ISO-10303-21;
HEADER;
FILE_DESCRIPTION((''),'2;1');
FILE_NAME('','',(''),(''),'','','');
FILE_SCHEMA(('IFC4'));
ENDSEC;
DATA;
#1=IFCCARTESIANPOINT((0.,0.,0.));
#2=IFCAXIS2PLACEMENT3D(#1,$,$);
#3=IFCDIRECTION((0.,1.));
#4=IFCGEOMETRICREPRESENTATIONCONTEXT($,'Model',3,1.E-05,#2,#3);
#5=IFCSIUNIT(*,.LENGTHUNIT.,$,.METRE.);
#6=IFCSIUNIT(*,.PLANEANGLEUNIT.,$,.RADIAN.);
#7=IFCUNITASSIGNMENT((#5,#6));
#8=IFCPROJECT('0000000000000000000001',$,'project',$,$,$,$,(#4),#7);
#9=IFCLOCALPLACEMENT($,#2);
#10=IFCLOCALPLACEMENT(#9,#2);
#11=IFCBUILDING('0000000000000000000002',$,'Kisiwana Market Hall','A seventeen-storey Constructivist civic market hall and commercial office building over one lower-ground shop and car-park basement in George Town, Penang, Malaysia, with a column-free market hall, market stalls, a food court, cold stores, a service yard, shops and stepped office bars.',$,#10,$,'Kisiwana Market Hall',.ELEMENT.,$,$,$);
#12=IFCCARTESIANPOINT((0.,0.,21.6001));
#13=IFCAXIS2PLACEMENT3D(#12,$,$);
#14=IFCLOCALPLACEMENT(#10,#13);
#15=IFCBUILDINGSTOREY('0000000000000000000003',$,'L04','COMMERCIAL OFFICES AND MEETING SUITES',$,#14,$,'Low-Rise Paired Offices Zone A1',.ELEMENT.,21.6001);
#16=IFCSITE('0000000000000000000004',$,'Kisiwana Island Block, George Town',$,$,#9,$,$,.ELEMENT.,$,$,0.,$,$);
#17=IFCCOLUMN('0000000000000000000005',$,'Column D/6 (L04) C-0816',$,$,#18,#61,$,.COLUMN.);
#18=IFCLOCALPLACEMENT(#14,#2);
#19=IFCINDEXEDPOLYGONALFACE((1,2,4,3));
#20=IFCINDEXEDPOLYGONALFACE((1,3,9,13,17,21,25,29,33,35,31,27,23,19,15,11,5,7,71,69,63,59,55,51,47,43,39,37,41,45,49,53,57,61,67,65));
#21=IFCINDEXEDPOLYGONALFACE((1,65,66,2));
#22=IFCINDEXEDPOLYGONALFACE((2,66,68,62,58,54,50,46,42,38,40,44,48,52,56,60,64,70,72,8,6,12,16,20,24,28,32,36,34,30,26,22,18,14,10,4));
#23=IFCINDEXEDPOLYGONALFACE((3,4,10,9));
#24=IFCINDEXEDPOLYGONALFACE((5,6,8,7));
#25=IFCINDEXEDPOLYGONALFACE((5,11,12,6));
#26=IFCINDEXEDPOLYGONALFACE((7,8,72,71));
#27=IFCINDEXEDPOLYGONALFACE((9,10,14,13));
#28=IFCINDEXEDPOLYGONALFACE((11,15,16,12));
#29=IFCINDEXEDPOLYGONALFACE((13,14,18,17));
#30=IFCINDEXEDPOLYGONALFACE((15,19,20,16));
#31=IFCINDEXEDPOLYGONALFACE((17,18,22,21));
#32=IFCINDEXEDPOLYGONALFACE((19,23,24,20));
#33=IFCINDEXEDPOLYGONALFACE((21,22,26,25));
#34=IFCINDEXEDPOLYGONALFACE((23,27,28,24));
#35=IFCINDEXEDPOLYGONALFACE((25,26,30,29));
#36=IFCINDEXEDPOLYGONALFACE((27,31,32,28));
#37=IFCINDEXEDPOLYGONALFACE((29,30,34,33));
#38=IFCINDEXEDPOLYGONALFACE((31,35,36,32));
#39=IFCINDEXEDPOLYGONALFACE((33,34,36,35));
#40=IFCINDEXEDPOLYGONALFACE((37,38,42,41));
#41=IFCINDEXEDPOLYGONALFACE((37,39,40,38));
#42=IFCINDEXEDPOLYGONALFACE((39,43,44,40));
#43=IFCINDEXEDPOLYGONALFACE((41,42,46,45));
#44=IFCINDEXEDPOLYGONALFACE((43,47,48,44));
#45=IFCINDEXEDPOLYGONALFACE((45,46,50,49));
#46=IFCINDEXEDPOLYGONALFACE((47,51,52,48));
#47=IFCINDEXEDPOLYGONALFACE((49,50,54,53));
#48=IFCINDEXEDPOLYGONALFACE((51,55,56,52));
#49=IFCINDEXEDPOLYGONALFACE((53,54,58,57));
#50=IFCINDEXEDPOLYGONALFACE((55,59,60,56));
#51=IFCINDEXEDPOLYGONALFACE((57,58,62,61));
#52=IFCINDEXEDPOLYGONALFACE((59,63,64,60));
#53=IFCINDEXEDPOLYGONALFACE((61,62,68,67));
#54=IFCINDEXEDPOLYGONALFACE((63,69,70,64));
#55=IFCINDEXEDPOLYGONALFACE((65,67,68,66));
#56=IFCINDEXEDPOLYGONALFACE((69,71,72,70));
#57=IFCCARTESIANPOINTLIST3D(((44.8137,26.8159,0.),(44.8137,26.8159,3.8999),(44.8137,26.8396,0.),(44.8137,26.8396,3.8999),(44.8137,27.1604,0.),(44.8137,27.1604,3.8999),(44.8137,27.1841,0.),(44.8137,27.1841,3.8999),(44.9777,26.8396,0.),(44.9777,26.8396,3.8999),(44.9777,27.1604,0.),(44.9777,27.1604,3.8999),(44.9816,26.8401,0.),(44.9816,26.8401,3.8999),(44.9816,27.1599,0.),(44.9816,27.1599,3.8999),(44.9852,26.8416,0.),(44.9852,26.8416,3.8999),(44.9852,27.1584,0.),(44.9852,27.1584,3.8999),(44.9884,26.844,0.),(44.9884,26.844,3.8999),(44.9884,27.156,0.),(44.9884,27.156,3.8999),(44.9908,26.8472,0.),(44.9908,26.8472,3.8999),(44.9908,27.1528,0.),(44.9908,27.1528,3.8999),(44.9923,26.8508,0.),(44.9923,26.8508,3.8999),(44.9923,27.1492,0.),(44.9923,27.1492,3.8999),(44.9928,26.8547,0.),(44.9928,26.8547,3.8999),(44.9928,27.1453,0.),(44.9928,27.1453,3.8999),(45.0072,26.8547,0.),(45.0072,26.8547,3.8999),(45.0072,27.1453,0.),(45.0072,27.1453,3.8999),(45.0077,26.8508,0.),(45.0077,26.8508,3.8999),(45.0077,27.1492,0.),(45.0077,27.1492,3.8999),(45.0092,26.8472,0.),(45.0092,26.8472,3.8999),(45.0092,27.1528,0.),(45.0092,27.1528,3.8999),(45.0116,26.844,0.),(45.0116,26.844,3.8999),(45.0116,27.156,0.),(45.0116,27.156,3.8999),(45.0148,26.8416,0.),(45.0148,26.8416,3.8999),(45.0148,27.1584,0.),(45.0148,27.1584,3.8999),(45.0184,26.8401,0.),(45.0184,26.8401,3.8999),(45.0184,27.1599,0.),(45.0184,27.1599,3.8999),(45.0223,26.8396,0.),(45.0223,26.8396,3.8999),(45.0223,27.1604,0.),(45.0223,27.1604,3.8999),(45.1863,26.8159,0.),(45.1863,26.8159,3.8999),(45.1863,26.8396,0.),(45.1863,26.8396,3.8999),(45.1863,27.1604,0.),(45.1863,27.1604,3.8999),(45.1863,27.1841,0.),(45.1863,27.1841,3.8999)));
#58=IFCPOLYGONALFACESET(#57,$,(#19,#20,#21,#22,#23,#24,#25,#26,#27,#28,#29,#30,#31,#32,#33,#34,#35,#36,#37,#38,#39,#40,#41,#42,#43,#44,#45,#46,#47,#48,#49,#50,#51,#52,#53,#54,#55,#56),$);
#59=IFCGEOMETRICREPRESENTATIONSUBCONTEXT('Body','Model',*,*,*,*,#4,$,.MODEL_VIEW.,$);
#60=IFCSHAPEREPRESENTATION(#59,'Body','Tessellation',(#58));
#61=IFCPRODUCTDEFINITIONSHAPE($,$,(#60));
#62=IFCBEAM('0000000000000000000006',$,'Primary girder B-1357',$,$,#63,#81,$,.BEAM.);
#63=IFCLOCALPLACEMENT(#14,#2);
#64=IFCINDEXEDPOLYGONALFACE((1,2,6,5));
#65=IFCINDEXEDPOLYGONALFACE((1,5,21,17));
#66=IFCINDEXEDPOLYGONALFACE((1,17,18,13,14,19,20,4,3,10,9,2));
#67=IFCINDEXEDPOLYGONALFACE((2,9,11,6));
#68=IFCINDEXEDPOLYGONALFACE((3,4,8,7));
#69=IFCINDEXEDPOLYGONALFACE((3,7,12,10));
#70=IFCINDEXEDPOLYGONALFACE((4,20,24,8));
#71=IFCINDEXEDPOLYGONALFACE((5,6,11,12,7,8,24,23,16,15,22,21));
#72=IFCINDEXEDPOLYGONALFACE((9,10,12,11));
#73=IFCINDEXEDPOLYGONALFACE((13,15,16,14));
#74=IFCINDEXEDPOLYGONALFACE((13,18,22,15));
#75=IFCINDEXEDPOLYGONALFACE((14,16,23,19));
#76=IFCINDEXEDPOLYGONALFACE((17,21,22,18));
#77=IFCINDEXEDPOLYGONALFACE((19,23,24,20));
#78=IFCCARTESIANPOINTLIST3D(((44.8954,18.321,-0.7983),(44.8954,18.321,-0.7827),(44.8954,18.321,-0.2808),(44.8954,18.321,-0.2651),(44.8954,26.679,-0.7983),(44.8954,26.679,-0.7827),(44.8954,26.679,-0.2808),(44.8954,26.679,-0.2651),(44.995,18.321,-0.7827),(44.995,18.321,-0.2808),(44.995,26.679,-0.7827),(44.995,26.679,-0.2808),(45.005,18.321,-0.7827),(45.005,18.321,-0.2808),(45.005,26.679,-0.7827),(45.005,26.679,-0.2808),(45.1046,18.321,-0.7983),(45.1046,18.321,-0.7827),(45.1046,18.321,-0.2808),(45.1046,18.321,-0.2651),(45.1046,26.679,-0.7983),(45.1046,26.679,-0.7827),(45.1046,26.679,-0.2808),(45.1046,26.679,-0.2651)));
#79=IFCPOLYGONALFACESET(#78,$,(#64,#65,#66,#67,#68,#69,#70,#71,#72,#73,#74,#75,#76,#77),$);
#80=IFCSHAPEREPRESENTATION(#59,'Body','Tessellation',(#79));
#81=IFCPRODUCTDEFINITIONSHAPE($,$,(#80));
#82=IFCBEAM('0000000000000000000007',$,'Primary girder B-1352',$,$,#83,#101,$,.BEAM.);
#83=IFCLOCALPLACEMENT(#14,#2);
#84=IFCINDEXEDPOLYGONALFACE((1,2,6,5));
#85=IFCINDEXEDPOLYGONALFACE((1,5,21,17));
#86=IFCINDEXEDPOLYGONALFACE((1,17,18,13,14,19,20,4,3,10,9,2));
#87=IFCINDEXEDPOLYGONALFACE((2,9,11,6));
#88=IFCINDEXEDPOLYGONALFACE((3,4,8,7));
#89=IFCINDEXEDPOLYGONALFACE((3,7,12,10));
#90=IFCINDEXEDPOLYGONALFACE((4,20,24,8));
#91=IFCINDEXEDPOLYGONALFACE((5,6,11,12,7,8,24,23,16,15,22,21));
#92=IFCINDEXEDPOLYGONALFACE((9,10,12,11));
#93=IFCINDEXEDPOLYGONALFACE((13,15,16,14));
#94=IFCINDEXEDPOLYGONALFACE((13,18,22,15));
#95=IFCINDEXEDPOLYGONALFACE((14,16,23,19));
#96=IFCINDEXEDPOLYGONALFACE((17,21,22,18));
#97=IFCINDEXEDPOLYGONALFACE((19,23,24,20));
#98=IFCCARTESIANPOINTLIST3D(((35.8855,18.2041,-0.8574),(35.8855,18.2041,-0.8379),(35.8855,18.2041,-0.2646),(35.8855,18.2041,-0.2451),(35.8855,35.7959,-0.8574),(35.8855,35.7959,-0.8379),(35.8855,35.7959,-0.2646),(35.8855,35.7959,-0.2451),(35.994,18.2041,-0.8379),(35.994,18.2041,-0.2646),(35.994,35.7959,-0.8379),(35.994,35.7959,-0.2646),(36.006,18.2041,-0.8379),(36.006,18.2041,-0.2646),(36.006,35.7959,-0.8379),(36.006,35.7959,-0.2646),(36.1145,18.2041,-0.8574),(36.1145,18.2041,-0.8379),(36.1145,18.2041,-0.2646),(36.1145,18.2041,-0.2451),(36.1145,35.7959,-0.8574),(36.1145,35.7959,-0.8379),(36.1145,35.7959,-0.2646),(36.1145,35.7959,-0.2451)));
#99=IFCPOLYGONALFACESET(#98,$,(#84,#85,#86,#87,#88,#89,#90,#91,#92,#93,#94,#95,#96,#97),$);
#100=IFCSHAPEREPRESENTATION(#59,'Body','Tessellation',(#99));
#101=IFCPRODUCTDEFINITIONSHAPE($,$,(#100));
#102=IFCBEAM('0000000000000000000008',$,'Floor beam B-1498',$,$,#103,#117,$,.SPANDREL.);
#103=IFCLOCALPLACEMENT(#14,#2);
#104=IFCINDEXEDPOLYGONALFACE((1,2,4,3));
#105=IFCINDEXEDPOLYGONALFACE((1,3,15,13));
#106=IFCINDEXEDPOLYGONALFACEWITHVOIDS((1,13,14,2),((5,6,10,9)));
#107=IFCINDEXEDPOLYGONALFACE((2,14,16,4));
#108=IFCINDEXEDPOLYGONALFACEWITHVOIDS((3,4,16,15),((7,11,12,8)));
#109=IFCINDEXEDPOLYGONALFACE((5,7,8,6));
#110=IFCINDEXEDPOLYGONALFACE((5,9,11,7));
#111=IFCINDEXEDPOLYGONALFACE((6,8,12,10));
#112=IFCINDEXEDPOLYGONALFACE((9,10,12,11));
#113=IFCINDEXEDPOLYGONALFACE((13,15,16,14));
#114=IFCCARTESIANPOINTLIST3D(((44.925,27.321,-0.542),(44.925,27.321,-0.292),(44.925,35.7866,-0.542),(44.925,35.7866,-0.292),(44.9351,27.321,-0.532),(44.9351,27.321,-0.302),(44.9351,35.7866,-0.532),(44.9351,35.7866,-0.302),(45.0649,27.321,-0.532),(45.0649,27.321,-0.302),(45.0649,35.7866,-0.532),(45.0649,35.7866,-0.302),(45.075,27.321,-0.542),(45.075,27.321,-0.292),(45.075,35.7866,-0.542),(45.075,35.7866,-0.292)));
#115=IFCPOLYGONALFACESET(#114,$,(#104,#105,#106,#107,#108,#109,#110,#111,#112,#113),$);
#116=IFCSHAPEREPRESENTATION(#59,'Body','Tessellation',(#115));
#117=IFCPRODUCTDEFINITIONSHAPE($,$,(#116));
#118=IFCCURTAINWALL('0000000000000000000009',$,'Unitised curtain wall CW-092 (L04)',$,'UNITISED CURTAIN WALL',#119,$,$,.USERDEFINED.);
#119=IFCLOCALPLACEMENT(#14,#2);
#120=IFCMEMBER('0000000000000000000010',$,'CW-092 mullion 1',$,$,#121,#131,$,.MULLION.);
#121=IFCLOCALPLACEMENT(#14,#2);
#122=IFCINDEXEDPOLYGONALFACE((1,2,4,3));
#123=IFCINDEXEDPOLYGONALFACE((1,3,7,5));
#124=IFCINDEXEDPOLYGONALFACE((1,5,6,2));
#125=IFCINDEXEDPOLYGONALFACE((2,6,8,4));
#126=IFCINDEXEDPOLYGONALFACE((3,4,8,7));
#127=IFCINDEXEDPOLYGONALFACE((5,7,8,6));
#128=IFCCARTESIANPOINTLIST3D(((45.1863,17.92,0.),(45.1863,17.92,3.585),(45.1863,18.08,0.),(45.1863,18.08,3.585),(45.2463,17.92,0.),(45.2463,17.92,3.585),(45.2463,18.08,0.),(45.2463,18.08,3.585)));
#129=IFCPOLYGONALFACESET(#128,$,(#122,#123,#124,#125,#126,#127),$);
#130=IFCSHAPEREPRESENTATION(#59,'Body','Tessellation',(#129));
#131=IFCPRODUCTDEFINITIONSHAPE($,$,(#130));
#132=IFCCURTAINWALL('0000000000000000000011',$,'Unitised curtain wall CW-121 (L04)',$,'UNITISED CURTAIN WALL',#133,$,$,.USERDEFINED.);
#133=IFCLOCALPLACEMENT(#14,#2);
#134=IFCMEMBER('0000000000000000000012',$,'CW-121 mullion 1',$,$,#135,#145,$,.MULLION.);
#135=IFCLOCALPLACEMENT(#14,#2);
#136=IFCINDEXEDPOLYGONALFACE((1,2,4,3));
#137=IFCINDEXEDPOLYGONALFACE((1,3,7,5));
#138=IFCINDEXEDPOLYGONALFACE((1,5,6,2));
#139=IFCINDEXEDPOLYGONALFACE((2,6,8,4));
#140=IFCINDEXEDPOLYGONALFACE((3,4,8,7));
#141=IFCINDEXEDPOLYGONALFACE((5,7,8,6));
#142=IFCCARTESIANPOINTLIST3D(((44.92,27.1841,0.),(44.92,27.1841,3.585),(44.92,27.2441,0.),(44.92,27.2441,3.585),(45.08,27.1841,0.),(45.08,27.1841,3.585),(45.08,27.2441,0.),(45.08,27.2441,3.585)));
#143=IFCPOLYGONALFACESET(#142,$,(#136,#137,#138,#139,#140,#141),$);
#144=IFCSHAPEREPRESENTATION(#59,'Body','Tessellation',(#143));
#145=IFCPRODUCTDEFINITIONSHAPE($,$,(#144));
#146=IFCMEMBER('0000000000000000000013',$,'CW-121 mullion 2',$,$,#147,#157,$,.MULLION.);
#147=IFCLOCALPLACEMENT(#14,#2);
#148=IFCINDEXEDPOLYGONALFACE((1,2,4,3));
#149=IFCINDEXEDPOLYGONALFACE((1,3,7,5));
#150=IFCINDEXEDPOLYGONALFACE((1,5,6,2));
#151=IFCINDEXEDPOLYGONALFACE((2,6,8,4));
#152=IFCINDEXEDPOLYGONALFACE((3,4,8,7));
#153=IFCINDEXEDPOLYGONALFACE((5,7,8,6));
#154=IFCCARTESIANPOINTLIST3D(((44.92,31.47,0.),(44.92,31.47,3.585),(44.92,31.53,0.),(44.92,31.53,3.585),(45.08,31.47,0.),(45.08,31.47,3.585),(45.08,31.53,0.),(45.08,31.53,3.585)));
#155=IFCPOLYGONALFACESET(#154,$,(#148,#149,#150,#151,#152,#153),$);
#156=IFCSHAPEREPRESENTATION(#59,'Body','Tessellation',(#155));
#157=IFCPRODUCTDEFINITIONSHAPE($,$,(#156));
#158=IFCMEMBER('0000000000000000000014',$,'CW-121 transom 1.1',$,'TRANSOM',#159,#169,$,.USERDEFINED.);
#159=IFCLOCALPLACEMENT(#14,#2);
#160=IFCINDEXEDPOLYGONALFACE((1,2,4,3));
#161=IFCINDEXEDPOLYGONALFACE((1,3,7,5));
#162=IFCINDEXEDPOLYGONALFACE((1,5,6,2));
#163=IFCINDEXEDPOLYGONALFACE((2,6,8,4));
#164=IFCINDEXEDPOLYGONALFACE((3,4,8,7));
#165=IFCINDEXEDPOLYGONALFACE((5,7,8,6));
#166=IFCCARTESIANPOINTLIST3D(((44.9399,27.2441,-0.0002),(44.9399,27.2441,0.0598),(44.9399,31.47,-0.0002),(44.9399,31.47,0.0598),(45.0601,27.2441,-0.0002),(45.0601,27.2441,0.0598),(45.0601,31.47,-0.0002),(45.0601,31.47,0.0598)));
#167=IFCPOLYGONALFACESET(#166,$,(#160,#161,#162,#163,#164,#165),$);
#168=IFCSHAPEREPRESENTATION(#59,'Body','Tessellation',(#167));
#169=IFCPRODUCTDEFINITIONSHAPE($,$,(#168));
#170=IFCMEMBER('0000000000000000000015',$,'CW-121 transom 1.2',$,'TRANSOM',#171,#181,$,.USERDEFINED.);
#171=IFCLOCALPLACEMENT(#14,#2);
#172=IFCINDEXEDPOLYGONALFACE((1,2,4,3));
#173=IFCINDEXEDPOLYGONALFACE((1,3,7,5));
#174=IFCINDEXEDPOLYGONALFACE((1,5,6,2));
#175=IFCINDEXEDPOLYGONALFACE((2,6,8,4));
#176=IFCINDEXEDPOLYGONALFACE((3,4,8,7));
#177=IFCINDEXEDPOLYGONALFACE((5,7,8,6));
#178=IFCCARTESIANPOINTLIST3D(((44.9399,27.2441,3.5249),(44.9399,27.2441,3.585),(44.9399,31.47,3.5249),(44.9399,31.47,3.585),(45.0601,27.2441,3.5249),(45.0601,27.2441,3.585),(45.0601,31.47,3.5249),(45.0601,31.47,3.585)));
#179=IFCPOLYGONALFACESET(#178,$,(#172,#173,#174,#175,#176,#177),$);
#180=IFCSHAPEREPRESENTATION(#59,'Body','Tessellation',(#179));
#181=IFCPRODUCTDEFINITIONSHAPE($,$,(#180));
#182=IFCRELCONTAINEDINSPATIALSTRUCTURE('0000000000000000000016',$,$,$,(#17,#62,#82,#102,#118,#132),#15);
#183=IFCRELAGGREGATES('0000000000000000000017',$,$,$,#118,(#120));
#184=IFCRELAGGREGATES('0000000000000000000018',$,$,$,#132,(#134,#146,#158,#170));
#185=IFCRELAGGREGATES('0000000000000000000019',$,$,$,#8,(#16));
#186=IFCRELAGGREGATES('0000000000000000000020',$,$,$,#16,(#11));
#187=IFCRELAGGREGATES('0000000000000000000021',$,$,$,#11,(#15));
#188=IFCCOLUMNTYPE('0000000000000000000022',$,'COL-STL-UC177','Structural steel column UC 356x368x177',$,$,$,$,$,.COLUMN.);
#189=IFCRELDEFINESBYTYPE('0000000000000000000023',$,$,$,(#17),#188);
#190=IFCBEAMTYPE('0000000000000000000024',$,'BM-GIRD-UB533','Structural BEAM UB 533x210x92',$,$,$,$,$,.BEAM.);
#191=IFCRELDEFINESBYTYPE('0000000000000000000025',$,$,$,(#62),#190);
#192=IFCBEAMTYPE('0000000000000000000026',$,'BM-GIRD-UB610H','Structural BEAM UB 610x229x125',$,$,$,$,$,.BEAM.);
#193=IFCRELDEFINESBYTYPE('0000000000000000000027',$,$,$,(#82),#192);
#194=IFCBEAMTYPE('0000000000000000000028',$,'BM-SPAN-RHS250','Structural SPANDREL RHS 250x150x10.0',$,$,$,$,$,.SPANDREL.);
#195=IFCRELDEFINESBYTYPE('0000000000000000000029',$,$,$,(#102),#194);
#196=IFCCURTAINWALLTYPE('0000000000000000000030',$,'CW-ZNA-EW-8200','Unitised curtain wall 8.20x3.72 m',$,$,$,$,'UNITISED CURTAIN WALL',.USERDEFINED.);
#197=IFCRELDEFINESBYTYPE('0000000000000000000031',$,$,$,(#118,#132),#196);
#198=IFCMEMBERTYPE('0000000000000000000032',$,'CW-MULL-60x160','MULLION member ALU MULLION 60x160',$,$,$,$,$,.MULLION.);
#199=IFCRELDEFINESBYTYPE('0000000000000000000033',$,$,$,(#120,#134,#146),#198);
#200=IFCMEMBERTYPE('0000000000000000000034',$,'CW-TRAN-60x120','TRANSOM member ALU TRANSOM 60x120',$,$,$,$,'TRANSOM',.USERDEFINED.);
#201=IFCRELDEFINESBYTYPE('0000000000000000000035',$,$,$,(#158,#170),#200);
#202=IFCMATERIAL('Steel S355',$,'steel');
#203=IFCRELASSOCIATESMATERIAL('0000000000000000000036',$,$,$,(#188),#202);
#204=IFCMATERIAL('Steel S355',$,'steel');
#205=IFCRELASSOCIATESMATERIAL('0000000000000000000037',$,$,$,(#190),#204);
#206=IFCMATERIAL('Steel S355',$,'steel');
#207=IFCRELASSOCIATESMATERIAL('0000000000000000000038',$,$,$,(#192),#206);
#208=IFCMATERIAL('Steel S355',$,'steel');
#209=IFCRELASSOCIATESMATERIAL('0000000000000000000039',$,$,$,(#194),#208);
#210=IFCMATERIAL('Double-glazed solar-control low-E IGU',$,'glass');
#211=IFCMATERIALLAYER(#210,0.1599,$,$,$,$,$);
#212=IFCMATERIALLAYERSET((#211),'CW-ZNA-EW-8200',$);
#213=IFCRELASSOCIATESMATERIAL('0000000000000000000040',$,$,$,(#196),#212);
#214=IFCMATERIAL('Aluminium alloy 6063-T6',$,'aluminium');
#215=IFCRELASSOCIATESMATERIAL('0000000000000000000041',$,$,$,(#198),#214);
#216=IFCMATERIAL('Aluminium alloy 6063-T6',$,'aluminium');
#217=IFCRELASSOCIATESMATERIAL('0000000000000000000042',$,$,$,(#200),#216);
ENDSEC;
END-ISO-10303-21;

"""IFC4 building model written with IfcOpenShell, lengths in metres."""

from ifc_helpers import new_model, si_unit, direction, frame, origin, origin_2d, place, context, subcontext, project, spatial, rectangle, hollow_rectangle, i_section, extrude, material, layer, layer_set, material_profile, profile_set, type_object, element, aggregate, save


model = new_model("IFC4")

# Units and contexts
model_context = context("Model", 3, precision=1e-05, world=origin(), true_north=direction((0.0, 1.0)))
body_context = subcontext(model_context, "Body", "Model", "MODEL_VIEW")
ifc_project = project(units=[si_unit("LENGTHUNIT", "METRE"), si_unit("PLANEANGLEUNIT", "RADIAN")], contexts=[model_context])

# Site, building, storey
site_placement = place(None, origin())
site = spatial("IfcSite", under=ifc_project, at=site_placement, Name="Kisiwana Island Block, George Town", CompositionType="ELEMENT", RefElevation=0.0)
building_placement = place(site_placement, origin())
building = spatial("IfcBuilding", under=site, at=building_placement, Name="Kisiwana Market Hall", Description="A seventeen-storey Constructivist civic market hall and commercial office building over one lower-ground shop and car-park basement in George Town, Penang, Malaysia, with a column-free market hall, market stalls, a food court, cold stores, a service yard, shops and stepped office bars.", LongName="Kisiwana Market Hall", CompositionType="ELEMENT")
storey_placement = place(building_placement, frame((0.0, 0.0, 21.6001)))
storey = spatial("IfcBuildingStorey", under=building, at=storey_placement, Name="L04", Description="COMMERCIAL OFFICES AND MEETING SUITES", LongName="Low-Rise Paired Offices Zone A1", CompositionType="ELEMENT", Elevation=21.6001)

# Column
ifc_material_1 = material(Name="Steel S355", Category="steel")
ifc_material_profile_1 = material_profile(ifc_material_1, i_section(OverallWidth=0.3726, OverallDepth=0.3682, WebThickness=0.0144, FlangeThickness=0.0237, FilletRadius=0.0151, at=origin_2d()), Name="UC 356x368x177")
ifc_profile_set_1 = profile_set([ifc_material_profile_1], Name="Steel S355")
column_type = type_object("IfcColumnType", Name="COL-STL-UC177", Description="Structural steel column UC 356x368x177", PredefinedType="COLUMN", material=ifc_profile_set_1)
column_placement = place(storey_placement, frame((45.0, 27.0, 0.0), z_axis=(0.0, 0.0, 1.0), x_axis=(1.0, 0.0, 0.0)))
element("IfcColumn", 1, at=column_placement, inside=storey, type_object=column_type, Name="Column D/6 (L04) C-0816", PredefinedType="COLUMN", context=body_context, shape_type="SweptSolid", body=[
    extrude(i_section(OverallWidth=0.3726, OverallDepth=0.3682, WebThickness=0.0144, FlangeThickness=0.0237, FilletRadius=0.0151, at=origin_2d()), origin(), (0.0, 0.0, 1.0), 3.8999),
])

# Beams
ifc_material_2 = material(Name="Steel S355", Category="steel")
ifc_material_profile_2 = material_profile(ifc_material_2, i_section(OverallWidth=0.2092, OverallDepth=0.5332, WebThickness=0.01, FlangeThickness=0.0156, at=origin_2d()), Name="UB 533x210x92")
ifc_profile_set_2 = profile_set([ifc_material_profile_2], Name="Steel S355")
beam_type_1 = type_object("IfcBeamType", Name="BM-GIRD-UB533", Description="Structural BEAM UB 533x210x92", PredefinedType="BEAM", material=ifc_profile_set_2)
beam_1_placement = place(storey_placement, frame((45.0, 18.321, -0.5317), z_axis=(0.0, 1.0, 0.0), x_axis=(-1.0, 0.0, 0.0)))
element("IfcBeam", 2, at=beam_1_placement, inside=storey, type_object=beam_type_1, Name="Primary girder B-1357", PredefinedType="BEAM", context=body_context, shape_type="SweptSolid", body=[
    extrude(i_section(OverallWidth=0.2092, OverallDepth=0.5332, WebThickness=0.01, FlangeThickness=0.0156, at=origin_2d()), origin(), (0.0, 0.0, 1.0), 8.3579),
])
ifc_material_3 = material(Name="Steel S355", Category="steel")
ifc_material_profile_3 = material_profile(ifc_material_3, i_section(OverallWidth=0.229, OverallDepth=0.6123, WebThickness=0.012, FlangeThickness=0.0195, at=origin_2d()), Name="UB 610x229x125")
ifc_profile_set_3 = profile_set([ifc_material_profile_3], Name="Steel S355")
beam_type_2 = type_object("IfcBeamType", Name="BM-GIRD-UB610H", Description="Structural BEAM UB 610x229x125", PredefinedType="BEAM", material=ifc_profile_set_3)
beam_2_placement = place(storey_placement, frame((36.0, 18.2041, -0.5513), z_axis=(0.0, 1.0, 0.0), x_axis=(-1.0, 0.0, 0.0)))
element("IfcBeam", 3, at=beam_2_placement, inside=storey, type_object=beam_type_2, Name="Primary girder B-1352", PredefinedType="BEAM", context=body_context, shape_type="SweptSolid", body=[
    extrude(i_section(OverallWidth=0.229, OverallDepth=0.6123, WebThickness=0.012, FlangeThickness=0.0195, at=origin_2d()), origin(), (0.0, 0.0, 1.0), 17.5918),
])
ifc_material_4 = material(Name="Steel S355", Category="steel")
ifc_material_profile_4 = material_profile(ifc_material_4, hollow_rectangle(XDim=0.1499, YDim=0.25, WallThickness=0.01, at=origin_2d()), Name="RHS 250x150x10.0")
ifc_profile_set_4 = profile_set([ifc_material_profile_4], Name="Steel S355")
beam_type_3 = type_object("IfcBeamType", Name="BM-SPAN-RHS250", Description="Structural SPANDREL RHS 250x150x10.0", PredefinedType="SPANDREL", material=ifc_profile_set_4)
beam_3_placement = place(storey_placement, frame((45.0, 27.321, -0.417), z_axis=(0.0, 1.0, 0.0), x_axis=(-1.0, 0.0, 0.0)))
element("IfcBeam", 4, at=beam_3_placement, inside=storey, type_object=beam_type_3, Name="Floor beam B-1498", PredefinedType="SPANDREL", context=body_context, shape_type="SweptSolid", body=[
    extrude(hollow_rectangle(XDim=0.1499, YDim=0.25, WallThickness=0.01, at=origin_2d()), origin(), (0.0, 0.0, 1.0), 8.4656),
])

# Curtain wall, member
ifc_material_5 = material(Name="Double-glazed solar-control low-E IGU", Category="glass")
ifc_layer_1 = layer(ifc_material_5, 0.1599)
ifc_layer_set_1 = layer_set([ifc_layer_1], Name="CW-ZNA-EW-8200")
curtain_wall_type = type_object("IfcCurtainWallType", Name="CW-ZNA-EW-8200", Description="Unitised curtain wall 8.20x3.72 m", ElementType="UNITISED CURTAIN WALL", PredefinedType="USERDEFINED", material=ifc_layer_set_1)
curtain_wall_1_placement = place(storey_placement, origin())
curtain_wall_1 = element("IfcCurtainWall", 5, at=curtain_wall_1_placement, inside=storey, type_object=curtain_wall_type, Name="Unitised curtain wall CW-092 (L04)", ObjectType="UNITISED CURTAIN WALL", PredefinedType="USERDEFINED")
ifc_material_6 = material(Name="Aluminium alloy 6063-T6", Category="aluminium")
ifc_material_profile_5 = material_profile(ifc_material_6, rectangle(XDim=0.0601, YDim=0.1599, at=origin_2d()), Name="ALU MULLION 60x160")
ifc_profile_set_5 = profile_set([ifc_material_profile_5], Name="Aluminium alloy 6063-T6")
member_type_1 = type_object("IfcMemberType", Name="CW-MULL-60x160", Description="MULLION member ALU MULLION 60x160", PredefinedType="MULLION", material=ifc_profile_set_5)
member_1_placement = place(storey_placement, frame((45.2163, 18.0, 0.0), z_axis=(0.0, 0.0, 1.0), x_axis=(1.0, 0.0, 0.0)))
member_1 = element("IfcMember", 6, at=member_1_placement, type_object=member_type_1, Name="CW-092 mullion 1", PredefinedType="MULLION", context=body_context, shape_type="SweptSolid", body=[
    extrude(rectangle(XDim=0.0601, YDim=0.1599, at=origin_2d()), origin(), (0.0, 0.0, 1.0), 3.585),
])
aggregate(curtain_wall_1, [member_1])

# Curtain wall, members
curtain_wall_2_placement = place(storey_placement, origin())
curtain_wall_2 = element("IfcCurtainWall", 7, at=curtain_wall_2_placement, inside=storey, type_object=curtain_wall_type, Name="Unitised curtain wall CW-121 (L04)", ObjectType="UNITISED CURTAIN WALL", PredefinedType="USERDEFINED")
member_2_placement = place(storey_placement, frame((45.0, 27.2141, 0.0), z_axis=(0.0, 0.0, 1.0), x_axis=(0.0, 1.0, 0.0)))
member_2 = element("IfcMember", 8, at=member_2_placement, type_object=member_type_1, Name="CW-121 mullion 1", PredefinedType="MULLION", context=body_context, shape_type="SweptSolid", body=[
    extrude(rectangle(XDim=0.0601, YDim=0.1599, at=origin_2d()), origin(), (0.0, 0.0, 1.0), 3.585),
])
member_3_placement = place(storey_placement, frame((45.0, 31.5, 0.0), z_axis=(0.0, 0.0, 1.0), x_axis=(0.0, 1.0, 0.0)))
member_3 = element("IfcMember", 9, at=member_3_placement, type_object=member_type_1, Name="CW-121 mullion 2", PredefinedType="MULLION", context=body_context, shape_type="SweptSolid", body=[
    extrude(rectangle(XDim=0.0601, YDim=0.1599, at=origin_2d()), origin(), (0.0, 0.0, 1.0), 3.585),
])
ifc_material_7 = material(Name="Aluminium alloy 6063-T6", Category="aluminium")
ifc_material_profile_6 = material_profile(ifc_material_7, rectangle(XDim=0.1201, YDim=0.0601, at=origin_2d()), Name="ALU TRANSOM 60x120")
ifc_profile_set_6 = profile_set([ifc_material_profile_6], Name="Aluminium alloy 6063-T6")
member_type_2 = type_object("IfcMemberType", Name="CW-TRAN-60x120", Description="TRANSOM member ALU TRANSOM 60x120", ElementType="TRANSOM", PredefinedType="USERDEFINED", material=ifc_profile_set_6)
member_4_placement = place(storey_placement, frame((45.0, 27.2441, 0.0298), z_axis=(0.0, 1.0, 0.0), x_axis=(-1.0, 0.0, 0.0)))
member_4 = element("IfcMember", 10, at=member_4_placement, type_object=member_type_2, Name="CW-121 transom 1.1", ObjectType="TRANSOM", PredefinedType="USERDEFINED", context=body_context, shape_type="SweptSolid", body=[
    extrude(rectangle(XDim=0.1201, YDim=0.0601, at=origin_2d()), origin(), (0.0, 0.0, 1.0), 4.2258),
])
member_5_placement = place(storey_placement, frame((45.0, 27.2441, 3.5549), z_axis=(0.0, 1.0, 0.0), x_axis=(-1.0, 0.0, 0.0)))
member_5 = element("IfcMember", 11, at=member_5_placement, type_object=member_type_2, Name="CW-121 transom 1.2", ObjectType="TRANSOM", PredefinedType="USERDEFINED", context=body_context, shape_type="SweptSolid", body=[
    extrude(rectangle(XDim=0.1201, YDim=0.0601, at=origin_2d()), origin(), (0.0, 0.0, 1.0), 4.2258),
])

aggregate(curtain_wall_2, [member_2, member_3, member_4, member_5])

save(model, "model.ifc")
